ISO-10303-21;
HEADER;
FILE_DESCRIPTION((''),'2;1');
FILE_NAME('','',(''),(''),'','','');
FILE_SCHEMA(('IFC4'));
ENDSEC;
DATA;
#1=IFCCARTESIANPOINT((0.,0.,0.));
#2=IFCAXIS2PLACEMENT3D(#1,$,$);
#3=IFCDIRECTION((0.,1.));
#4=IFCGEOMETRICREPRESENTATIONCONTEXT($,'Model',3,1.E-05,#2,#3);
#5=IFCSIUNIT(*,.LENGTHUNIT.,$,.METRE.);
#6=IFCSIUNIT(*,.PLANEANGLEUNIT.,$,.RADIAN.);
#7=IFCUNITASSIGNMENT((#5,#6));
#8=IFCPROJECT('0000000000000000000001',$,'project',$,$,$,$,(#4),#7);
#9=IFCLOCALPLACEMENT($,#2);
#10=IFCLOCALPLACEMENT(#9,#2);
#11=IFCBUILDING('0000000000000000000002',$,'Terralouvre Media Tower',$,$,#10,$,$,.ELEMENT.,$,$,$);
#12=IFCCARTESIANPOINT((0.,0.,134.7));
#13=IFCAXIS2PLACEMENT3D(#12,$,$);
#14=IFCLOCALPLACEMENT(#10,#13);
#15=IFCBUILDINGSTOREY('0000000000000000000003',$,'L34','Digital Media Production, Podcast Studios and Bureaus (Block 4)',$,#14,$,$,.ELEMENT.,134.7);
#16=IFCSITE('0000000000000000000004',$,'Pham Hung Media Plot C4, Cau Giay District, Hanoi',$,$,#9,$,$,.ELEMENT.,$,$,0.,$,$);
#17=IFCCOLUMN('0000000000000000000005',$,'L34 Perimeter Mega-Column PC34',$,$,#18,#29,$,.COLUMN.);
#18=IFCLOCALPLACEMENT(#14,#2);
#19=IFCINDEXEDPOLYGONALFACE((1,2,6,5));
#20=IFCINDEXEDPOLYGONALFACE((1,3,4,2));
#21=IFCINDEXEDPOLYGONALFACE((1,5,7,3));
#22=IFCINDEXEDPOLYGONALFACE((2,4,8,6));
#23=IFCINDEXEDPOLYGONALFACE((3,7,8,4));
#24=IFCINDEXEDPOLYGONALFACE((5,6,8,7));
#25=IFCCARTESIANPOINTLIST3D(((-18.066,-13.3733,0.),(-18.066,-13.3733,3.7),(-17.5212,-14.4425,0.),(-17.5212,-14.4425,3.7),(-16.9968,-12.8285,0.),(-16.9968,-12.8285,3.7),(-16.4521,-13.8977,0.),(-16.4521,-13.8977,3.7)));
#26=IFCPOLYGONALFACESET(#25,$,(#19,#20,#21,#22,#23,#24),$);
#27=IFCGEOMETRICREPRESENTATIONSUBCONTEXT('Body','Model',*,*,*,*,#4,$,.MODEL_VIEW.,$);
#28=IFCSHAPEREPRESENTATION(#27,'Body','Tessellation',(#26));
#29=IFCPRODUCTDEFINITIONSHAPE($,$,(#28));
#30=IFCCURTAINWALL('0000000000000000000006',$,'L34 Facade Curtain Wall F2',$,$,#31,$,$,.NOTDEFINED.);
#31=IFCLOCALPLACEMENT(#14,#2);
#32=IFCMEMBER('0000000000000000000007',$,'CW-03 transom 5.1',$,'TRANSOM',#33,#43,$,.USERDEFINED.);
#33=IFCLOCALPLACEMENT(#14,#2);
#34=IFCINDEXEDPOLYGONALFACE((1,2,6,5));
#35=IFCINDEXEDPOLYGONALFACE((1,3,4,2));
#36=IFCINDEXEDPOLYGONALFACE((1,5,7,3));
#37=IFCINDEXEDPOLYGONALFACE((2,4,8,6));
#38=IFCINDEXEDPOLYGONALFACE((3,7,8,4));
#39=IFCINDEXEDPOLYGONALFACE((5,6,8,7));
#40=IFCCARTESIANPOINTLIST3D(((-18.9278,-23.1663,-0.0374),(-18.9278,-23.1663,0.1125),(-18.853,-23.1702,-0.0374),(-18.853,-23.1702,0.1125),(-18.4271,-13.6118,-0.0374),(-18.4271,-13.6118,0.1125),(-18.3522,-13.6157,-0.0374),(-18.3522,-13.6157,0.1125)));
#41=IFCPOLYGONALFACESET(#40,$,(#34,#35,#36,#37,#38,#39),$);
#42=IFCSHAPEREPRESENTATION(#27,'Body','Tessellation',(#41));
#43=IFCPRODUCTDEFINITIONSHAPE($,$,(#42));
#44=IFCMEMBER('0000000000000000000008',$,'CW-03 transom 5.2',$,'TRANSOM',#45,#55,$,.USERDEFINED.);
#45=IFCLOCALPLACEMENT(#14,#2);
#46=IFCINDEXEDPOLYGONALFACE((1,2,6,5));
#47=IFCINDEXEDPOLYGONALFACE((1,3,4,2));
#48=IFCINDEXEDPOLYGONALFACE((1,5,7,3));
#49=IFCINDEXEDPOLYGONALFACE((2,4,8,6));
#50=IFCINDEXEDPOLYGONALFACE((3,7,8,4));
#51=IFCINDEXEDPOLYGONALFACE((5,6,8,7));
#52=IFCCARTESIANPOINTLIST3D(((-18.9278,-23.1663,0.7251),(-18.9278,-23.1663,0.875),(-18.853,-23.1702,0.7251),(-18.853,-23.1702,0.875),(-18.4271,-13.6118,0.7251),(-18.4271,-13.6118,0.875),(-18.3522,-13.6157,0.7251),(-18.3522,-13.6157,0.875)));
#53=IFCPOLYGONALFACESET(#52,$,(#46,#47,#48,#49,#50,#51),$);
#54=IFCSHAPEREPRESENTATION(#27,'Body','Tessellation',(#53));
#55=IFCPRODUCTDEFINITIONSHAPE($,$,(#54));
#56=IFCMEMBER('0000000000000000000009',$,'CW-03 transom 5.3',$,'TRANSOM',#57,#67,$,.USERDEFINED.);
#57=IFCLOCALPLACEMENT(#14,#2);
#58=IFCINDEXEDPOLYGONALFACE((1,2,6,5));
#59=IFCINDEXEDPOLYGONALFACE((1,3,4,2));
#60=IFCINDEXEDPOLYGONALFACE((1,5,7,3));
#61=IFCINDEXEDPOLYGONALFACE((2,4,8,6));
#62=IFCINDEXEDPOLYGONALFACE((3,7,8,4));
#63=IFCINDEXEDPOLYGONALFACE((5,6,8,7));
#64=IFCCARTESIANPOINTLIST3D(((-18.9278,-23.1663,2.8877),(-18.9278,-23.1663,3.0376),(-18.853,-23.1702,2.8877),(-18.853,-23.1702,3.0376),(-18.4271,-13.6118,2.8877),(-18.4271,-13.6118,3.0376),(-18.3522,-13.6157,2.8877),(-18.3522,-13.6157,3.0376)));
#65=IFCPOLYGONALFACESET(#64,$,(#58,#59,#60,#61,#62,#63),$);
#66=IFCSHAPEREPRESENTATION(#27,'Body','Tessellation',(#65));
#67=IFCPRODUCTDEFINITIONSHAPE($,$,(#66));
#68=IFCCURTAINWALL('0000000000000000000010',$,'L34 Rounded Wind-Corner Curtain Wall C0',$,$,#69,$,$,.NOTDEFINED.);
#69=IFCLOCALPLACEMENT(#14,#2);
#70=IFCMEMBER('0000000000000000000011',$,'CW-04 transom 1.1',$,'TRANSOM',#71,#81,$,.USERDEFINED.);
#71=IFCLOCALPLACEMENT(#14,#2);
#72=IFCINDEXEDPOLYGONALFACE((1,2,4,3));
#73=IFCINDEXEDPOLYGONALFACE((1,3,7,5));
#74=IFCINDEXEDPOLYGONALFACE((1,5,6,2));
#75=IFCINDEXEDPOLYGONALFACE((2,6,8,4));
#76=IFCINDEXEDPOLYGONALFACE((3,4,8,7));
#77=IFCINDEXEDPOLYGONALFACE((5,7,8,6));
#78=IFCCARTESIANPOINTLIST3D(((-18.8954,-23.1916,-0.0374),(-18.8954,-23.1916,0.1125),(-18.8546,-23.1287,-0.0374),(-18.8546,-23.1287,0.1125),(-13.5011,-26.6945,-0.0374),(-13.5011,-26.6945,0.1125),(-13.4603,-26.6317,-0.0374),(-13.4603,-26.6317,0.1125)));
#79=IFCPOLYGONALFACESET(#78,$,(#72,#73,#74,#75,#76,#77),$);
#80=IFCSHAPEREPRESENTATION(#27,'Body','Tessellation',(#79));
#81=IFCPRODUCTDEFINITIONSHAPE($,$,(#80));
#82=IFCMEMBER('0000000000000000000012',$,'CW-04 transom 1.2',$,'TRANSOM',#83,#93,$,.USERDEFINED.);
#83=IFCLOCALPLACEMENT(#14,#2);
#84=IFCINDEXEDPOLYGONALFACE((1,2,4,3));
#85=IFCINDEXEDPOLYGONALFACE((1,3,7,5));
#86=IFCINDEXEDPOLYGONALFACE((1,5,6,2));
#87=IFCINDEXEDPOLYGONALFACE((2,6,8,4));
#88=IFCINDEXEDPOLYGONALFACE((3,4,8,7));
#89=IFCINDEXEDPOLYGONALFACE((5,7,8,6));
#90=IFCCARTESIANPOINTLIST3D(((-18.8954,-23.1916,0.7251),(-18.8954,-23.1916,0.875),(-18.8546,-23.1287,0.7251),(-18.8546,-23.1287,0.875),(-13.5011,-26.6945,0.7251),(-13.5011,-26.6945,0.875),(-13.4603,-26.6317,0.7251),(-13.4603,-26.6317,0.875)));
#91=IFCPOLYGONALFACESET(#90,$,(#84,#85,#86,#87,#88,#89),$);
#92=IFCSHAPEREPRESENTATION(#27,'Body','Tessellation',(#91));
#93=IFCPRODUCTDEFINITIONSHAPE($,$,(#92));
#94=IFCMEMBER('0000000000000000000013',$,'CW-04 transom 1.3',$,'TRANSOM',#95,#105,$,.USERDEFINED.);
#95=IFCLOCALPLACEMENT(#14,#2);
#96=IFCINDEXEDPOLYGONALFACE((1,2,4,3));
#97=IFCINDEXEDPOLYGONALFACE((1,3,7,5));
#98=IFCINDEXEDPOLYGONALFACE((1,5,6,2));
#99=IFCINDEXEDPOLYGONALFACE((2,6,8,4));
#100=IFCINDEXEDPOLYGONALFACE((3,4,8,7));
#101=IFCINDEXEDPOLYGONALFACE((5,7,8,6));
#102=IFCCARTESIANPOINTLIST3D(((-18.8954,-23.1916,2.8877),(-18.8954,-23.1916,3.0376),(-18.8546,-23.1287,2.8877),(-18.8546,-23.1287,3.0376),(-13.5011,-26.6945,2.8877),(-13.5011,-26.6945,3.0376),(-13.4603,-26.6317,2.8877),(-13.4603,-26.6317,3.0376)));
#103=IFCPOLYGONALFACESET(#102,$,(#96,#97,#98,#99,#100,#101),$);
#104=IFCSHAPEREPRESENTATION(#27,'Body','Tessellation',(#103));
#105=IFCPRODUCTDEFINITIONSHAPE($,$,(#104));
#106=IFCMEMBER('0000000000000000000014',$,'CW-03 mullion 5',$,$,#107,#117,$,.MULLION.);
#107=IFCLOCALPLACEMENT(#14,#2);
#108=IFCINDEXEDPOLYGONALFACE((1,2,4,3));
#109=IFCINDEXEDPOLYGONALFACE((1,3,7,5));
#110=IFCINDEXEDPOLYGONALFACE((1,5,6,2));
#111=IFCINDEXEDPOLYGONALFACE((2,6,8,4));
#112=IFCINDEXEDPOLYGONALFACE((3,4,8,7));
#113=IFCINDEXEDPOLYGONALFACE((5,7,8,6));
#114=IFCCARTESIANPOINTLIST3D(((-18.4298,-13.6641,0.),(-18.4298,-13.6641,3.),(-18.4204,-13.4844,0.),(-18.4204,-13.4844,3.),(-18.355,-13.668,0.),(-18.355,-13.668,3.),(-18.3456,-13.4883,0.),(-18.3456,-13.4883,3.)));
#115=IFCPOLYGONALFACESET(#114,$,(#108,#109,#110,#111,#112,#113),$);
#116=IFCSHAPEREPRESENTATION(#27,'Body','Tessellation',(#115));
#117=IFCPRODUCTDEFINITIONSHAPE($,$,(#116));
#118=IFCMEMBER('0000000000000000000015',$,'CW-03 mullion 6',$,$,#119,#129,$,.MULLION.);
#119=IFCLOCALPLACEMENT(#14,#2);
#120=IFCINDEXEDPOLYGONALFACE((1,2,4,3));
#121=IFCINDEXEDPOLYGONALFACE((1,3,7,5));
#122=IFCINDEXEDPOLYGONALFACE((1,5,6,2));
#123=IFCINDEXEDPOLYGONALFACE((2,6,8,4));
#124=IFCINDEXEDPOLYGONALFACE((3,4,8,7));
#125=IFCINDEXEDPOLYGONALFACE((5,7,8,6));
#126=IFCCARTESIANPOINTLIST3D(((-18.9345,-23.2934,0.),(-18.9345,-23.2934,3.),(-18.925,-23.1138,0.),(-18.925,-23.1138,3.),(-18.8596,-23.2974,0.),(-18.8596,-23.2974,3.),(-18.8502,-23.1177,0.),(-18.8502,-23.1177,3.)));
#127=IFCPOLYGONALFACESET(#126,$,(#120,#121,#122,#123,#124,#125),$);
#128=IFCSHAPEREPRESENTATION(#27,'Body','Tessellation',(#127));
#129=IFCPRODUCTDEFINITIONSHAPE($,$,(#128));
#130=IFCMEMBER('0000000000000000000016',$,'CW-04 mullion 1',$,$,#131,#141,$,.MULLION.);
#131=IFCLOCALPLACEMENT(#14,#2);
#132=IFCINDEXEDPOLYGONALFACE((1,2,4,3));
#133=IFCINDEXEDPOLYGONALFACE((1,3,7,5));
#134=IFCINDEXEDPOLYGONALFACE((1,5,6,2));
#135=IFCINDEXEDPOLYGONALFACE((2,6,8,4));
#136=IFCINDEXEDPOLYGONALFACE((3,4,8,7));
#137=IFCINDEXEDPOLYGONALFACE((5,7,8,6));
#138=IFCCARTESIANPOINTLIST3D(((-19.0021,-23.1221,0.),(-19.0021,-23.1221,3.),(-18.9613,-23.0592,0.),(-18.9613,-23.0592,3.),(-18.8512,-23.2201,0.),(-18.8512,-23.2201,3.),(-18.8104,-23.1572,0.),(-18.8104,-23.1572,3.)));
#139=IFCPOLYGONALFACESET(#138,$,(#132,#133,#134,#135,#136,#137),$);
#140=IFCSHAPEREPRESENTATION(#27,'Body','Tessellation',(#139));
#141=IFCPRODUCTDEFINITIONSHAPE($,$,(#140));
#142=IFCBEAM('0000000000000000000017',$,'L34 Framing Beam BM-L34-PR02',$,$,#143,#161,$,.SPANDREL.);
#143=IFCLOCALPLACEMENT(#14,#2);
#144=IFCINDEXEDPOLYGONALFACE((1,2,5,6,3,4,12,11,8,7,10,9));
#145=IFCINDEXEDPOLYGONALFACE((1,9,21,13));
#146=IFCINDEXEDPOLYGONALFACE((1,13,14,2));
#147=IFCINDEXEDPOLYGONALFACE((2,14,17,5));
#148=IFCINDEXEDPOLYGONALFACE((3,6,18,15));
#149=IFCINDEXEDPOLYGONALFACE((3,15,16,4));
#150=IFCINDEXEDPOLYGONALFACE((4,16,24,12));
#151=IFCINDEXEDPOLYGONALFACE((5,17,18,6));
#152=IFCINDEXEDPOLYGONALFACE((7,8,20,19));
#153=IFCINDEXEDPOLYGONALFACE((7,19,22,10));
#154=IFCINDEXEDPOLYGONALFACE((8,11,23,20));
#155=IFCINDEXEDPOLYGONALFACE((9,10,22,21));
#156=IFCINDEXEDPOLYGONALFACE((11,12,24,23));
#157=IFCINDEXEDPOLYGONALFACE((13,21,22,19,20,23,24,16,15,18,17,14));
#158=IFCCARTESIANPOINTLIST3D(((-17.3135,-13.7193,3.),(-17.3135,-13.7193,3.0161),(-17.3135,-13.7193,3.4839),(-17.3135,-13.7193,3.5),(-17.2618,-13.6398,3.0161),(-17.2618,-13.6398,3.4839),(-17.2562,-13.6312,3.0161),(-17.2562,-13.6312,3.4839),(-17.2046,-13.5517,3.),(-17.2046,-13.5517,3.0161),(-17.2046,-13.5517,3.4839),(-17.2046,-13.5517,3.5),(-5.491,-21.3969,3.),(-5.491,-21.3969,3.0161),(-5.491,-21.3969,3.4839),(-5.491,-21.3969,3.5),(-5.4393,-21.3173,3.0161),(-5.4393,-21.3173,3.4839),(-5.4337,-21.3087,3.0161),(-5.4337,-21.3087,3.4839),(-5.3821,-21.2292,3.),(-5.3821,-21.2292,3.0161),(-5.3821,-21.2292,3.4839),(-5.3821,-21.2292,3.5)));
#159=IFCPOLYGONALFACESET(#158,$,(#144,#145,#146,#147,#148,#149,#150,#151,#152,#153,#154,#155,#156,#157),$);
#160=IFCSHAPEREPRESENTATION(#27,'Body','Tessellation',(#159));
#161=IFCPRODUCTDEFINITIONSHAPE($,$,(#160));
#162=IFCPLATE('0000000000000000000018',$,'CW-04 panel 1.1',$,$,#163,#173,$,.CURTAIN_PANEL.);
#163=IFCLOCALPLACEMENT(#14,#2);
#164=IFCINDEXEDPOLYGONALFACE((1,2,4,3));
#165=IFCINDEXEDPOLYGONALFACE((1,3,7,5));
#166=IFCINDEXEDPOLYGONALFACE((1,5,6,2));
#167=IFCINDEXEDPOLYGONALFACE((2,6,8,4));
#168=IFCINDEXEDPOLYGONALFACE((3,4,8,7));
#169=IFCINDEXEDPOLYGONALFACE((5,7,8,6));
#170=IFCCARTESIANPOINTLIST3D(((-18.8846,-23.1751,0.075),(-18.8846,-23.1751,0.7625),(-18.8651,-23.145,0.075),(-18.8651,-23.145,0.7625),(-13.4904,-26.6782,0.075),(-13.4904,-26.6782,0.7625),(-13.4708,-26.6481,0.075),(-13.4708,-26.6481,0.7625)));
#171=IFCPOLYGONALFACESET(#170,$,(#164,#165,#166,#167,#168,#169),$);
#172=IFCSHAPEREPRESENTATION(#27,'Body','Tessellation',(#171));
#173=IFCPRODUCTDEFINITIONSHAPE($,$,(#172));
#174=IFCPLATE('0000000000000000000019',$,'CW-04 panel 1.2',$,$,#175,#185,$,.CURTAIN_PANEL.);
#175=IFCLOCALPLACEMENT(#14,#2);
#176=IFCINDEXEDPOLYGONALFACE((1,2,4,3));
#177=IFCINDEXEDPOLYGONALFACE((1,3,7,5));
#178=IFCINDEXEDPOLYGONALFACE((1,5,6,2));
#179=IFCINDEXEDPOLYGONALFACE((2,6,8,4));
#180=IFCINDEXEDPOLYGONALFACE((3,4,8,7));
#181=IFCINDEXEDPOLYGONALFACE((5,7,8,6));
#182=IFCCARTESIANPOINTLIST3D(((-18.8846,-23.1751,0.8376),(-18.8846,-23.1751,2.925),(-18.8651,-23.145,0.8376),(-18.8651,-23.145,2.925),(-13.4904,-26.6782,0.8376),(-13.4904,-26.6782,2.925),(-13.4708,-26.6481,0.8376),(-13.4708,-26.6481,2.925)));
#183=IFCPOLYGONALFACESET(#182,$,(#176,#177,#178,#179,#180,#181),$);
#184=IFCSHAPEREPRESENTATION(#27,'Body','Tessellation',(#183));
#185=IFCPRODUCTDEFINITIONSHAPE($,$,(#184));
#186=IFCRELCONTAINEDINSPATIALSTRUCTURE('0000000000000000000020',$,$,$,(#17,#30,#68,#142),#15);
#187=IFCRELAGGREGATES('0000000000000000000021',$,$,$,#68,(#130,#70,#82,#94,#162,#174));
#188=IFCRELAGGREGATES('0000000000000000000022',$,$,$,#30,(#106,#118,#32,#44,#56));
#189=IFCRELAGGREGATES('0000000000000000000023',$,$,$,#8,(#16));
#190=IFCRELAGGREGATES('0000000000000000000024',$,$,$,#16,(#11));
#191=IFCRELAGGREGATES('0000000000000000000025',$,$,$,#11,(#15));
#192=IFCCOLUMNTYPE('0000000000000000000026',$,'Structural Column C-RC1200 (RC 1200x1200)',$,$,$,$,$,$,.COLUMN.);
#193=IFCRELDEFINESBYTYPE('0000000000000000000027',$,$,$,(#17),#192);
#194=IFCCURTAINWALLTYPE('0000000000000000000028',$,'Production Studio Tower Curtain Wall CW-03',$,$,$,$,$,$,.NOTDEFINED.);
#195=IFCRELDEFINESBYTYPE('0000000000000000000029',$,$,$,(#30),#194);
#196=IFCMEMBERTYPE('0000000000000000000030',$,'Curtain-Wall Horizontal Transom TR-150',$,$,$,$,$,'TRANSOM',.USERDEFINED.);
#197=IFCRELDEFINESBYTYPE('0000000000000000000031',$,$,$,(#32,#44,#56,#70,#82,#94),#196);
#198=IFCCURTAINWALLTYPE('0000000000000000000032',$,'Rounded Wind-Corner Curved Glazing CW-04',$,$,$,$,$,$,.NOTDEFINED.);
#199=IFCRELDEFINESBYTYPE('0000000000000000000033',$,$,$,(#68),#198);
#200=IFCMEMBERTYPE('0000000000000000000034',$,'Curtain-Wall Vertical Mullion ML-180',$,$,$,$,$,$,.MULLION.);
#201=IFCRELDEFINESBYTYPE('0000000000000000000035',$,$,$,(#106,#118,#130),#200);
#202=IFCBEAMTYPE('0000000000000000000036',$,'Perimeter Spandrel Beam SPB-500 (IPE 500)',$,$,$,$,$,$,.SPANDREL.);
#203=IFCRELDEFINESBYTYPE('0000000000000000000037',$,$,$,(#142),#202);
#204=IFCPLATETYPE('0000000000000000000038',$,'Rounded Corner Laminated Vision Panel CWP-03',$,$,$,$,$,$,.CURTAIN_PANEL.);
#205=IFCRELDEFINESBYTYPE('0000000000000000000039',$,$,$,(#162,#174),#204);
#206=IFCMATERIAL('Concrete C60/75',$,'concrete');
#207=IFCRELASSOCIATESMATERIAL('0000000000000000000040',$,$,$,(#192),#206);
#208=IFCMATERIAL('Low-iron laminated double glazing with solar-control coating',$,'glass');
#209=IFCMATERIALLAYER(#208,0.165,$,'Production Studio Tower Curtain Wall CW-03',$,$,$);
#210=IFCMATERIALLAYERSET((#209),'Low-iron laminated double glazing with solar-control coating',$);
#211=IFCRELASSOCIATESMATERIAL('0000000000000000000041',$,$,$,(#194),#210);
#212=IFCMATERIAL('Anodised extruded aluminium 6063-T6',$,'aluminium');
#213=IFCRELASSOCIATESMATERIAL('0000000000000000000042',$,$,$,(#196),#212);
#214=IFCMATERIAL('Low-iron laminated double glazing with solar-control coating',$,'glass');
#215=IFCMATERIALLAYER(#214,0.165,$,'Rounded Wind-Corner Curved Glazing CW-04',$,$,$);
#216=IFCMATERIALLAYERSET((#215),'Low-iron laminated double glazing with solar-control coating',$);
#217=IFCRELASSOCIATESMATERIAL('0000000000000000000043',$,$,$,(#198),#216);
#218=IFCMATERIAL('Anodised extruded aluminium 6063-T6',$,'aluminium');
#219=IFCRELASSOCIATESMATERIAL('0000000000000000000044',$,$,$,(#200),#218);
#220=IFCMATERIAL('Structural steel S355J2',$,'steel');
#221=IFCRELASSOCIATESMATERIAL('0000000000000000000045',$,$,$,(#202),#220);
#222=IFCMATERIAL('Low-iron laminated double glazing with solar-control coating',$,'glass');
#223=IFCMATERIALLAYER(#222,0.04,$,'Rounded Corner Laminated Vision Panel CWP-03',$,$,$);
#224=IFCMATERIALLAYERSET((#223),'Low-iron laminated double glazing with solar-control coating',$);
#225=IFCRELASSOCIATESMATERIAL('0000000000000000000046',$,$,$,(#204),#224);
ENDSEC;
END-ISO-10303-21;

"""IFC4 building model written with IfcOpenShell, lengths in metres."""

from ifc_helpers import new_model, si_unit, direction, frame, origin, origin_2d, place, context, subcontext, project, spatial, rectangle, i_section, extrude, material, layer, layer_set, material_profile, profile_set, type_object, element, aggregate, save


model = new_model("IFC4")

# Units and contexts
model_context = context("Model", 3, precision=1e-05, world=origin(), true_north=direction((0.0, 1.0)))
body_context = subcontext(model_context, "Body", "Model", "MODEL_VIEW")
ifc_project = project(units=[si_unit("LENGTHUNIT", "METRE"), si_unit("PLANEANGLEUNIT", "RADIAN")], contexts=[model_context])

# Site, building, storey
site_placement = place(None, origin())
site = spatial("IfcSite", under=ifc_project, at=site_placement, Name="Pham Hung Media Plot C4, Cau Giay District, Hanoi", CompositionType="ELEMENT", RefElevation=0.0)
building_placement = place(site_placement, origin())
building = spatial("IfcBuilding", under=site, at=building_placement, Name="Terralouvre Media Tower", CompositionType="ELEMENT")
storey_placement = place(building_placement, frame((0.0, 0.0, 134.7)))
storey = spatial("IfcBuildingStorey", under=building, at=storey_placement, Name="L34", Description="Digital Media Production, Podcast Studios and Bureaus (Block 4)", CompositionType="ELEMENT", Elevation=134.7)

# Column
ifc_material_1 = material(Name="Concrete C60/75", Category="concrete")
ifc_material_profile_1 = material_profile(ifc_material_1, rectangle(XDim=1.2, YDim=1.2, at=origin_2d()), Name="RC 1200x1200")
ifc_profile_set_1 = profile_set([ifc_material_profile_1], Name="Concrete C60/75")
column_type = type_object("IfcColumnType", Name="Structural Column C-RC1200 (RC 1200x1200)", PredefinedType="COLUMN", material=ifc_profile_set_1)
column_placement = place(storey_placement, frame((-17.259, -13.6355, 0.0), z_axis=(0.0, 0.0, 1.0), x_axis=(0.891007, 0.45399, 0.0)))
element("IfcColumn", 1, at=column_placement, inside=storey, type_object=column_type, Name="L34 Perimeter Mega-Column PC34", PredefinedType="COLUMN", context=body_context, shape_type="SweptSolid", body=[
    extrude(rectangle(XDim=1.2, YDim=1.2, at=origin_2d()), origin(), (0.0, 0.0, 1.0), 3.7),
])

# Curtain walls, members
ifc_material_2 = material(Name="Low-iron laminated double glazing with solar-control coating", Category="glass")
ifc_layer_1 = layer(ifc_material_2, 0.165, Name="Production Studio Tower Curtain Wall CW-03")
ifc_layer_set_1 = layer_set([ifc_layer_1], Name="Low-iron laminated double glazing with solar-control coating")
curtain_wall_type_1 = type_object("IfcCurtainWallType", Name="Production Studio Tower Curtain Wall CW-03", PredefinedType="NOTDEFINED", material=ifc_layer_set_1)
curtain_wall_1_placement = place(storey_placement, origin())
curtain_wall_1 = element("IfcCurtainWall", 2, at=curtain_wall_1_placement, inside=storey, type_object=curtain_wall_type_1, Name="L34 Facade Curtain Wall F2", PredefinedType="NOTDEFINED")
ifc_material_3 = material(Name="Anodised extruded aluminium 6063-T6", Category="aluminium")
ifc_material_profile_2 = material_profile(ifc_material_3, rectangle(XDim=0.075, YDim=0.1499, at=origin_2d()), Name="ALU 75x150")
ifc_profile_set_2 = profile_set([ifc_material_profile_2], Name="Anodised extruded aluminium 6063-T6")
member_type_1 = type_object("IfcMemberType", Name="Curtain-Wall Horizontal Transom TR-150", ElementType="TRANSOM", PredefinedType="USERDEFINED", material=ifc_profile_set_2)
member_1_placement = place(storey_placement, frame((-18.3896, -13.6138, 0.0376), z_axis=(-0.052337, -0.99863, 0.0), x_axis=(0.99863, -0.052337, 0.0)))
member_1 = element("IfcMember", 3, at=member_1_placement, type_object=member_type_1, Name="CW-03 transom 5.1", ObjectType="TRANSOM", PredefinedType="USERDEFINED", context=body_context, shape_type="SweptSolid", body=[
    extrude(rectangle(XDim=0.075, YDim=0.1499, at=origin_2d()), origin(), (0.0, 0.0, 1.0), 9.5676),
])
member_2_placement = place(storey_placement, frame((-18.3896, -13.6138, 0.8), z_axis=(-0.052337, -0.99863, 0.0), x_axis=(0.99863, -0.052337, 0.0)))
member_2 = element("IfcMember", 4, at=member_2_placement, type_object=member_type_1, Name="CW-03 transom 5.2", ObjectType="TRANSOM", PredefinedType="USERDEFINED", context=body_context, shape_type="SweptSolid", body=[
    extrude(rectangle(XDim=0.075, YDim=0.1499, at=origin_2d()), origin(), (0.0, 0.0, 1.0), 9.5676),
])
member_3_placement = place(storey_placement, frame((-18.3896, -13.6138, 2.9626), z_axis=(-0.052337, -0.99863, 0.0), x_axis=(0.99863, -0.052337, 0.0)))
member_3 = element("IfcMember", 5, at=member_3_placement, type_object=member_type_1, Name="CW-03 transom 5.3", ObjectType="TRANSOM", PredefinedType="USERDEFINED", context=body_context, shape_type="SweptSolid", body=[
    extrude(rectangle(XDim=0.075, YDim=0.1499, at=origin_2d()), origin(), (0.0, 0.0, 1.0), 9.5676),
])
ifc_material_4 = material(Name="Low-iron laminated double glazing with solar-control coating", Category="glass")
ifc_layer_2 = layer(ifc_material_4, 0.165, Name="Rounded Wind-Corner Curved Glazing CW-04")
ifc_layer_set_2 = layer_set([ifc_layer_2], Name="Low-iron laminated double glazing with solar-control coating")
curtain_wall_type_2 = type_object("IfcCurtainWallType", Name="Rounded Wind-Corner Curved Glazing CW-04", PredefinedType="NOTDEFINED", material=ifc_layer_set_2)
curtain_wall_2_placement = place(storey_placement, origin())
curtain_wall_2 = element("IfcCurtainWall", 6, at=curtain_wall_2_placement, inside=storey, type_object=curtain_wall_type_2, Name="L34 Rounded Wind-Corner Curtain Wall C0", PredefinedType="NOTDEFINED")
member_4_placement = place(storey_placement, frame((-18.875, -23.1602, 0.0376), z_axis=(0.838682, -0.544621, 0.0), x_axis=(0.544621, 0.838682, 0.0)))
member_4 = element("IfcMember", 7, at=member_4_placement, type_object=member_type_1, Name="CW-04 transom 1.1", ObjectType="TRANSOM", PredefinedType="USERDEFINED", context=body_context, shape_type="SweptSolid", body=[
    extrude(rectangle(XDim=0.075, YDim=0.1499, at=origin_2d()), origin(), (0.0, 0.0, 1.0), 6.4319),
])
member_5_placement = place(storey_placement, frame((-18.875, -23.1602, 0.8), z_axis=(0.838682, -0.544621, 0.0), x_axis=(0.544621, 0.838682, 0.0)))
member_5 = element("IfcMember", 8, at=member_5_placement, type_object=member_type_1, Name="CW-04 transom 1.2", ObjectType="TRANSOM", PredefinedType="USERDEFINED", context=body_context, shape_type="SweptSolid", body=[
    extrude(rectangle(XDim=0.075, YDim=0.1499, at=origin_2d()), origin(), (0.0, 0.0, 1.0), 6.4319),
])
member_6_placement = place(storey_placement, frame((-18.875, -23.1602, 2.9626), z_axis=(0.838682, -0.544621, 0.0), x_axis=(0.544621, 0.838682, 0.0)))
member_6 = element("IfcMember", 9, at=member_6_placement, type_object=member_type_1, Name="CW-04 transom 1.3", ObjectType="TRANSOM", PredefinedType="USERDEFINED", context=body_context, shape_type="SweptSolid", body=[
    extrude(rectangle(XDim=0.075, YDim=0.1499, at=origin_2d()), origin(), (0.0, 0.0, 1.0), 6.4319),
])

# Members
ifc_material_5 = material(Name="Anodised extruded aluminium 6063-T6", Category="aluminium")
ifc_material_profile_3 = material_profile(ifc_material_5, rectangle(XDim=0.075, YDim=0.1799, at=origin_2d()), Name="ALU 75x180")
ifc_profile_set_3 = profile_set([ifc_material_profile_3], Name="Anodised extruded aluminium 6063-T6")
member_type_2 = type_object("IfcMemberType", Name="Curtain-Wall Vertical Mullion ML-180", PredefinedType="MULLION", material=ifc_profile_set_3)
member_7_placement = place(storey_placement, frame((-18.3877, -13.5762, 0.0), z_axis=(0.0, 0.0, 1.0), x_axis=(0.99863, -0.052336, 0.0)))
member_7 = element("IfcMember", 10, at=member_7_placement, type_object=member_type_2, Name="CW-03 mullion 5", PredefinedType="MULLION", context=body_context, shape_type="SweptSolid", body=[
    extrude(rectangle(XDim=0.075, YDim=0.1799, at=origin_2d()), origin(), (0.0, 0.0, 1.0), 3.0),
])
member_8_placement = place(storey_placement, frame((-18.8923, -23.2056, 0.0), z_axis=(0.0, 0.0, 1.0), x_axis=(0.99863, -0.052336, 0.0)))
member_8 = element("IfcMember", 11, at=member_8_placement, type_object=member_type_2, Name="CW-03 mullion 6", PredefinedType="MULLION", context=body_context, shape_type="SweptSolid", body=[
    extrude(rectangle(XDim=0.075, YDim=0.1799, at=origin_2d()), origin(), (0.0, 0.0, 1.0), 3.0),
])
member_9_placement = place(storey_placement, frame((-18.9062, -23.1396, 0.0), z_axis=(0.0, 0.0, 1.0), x_axis=(0.544639, 0.83867, 0.0)))
member_9 = element("IfcMember", 12, at=member_9_placement, type_object=member_type_2, Name="CW-04 mullion 1", PredefinedType="MULLION", context=body_context, shape_type="SweptSolid", body=[
    extrude(rectangle(XDim=0.075, YDim=0.1799, at=origin_2d()), origin(), (0.0, 0.0, 1.0), 3.0),
])

# Beam
ifc_material_6 = material(Name="Structural steel S355J2", Category="steel")
ifc_material_profile_4 = material_profile(ifc_material_6, i_section(OverallWidth=0.2, OverallDepth=0.5, WebThickness=0.0103, FlangeThickness=0.0161, at=origin_2d()), Name="IPE 500")
ifc_profile_set_4 = profile_set([ifc_material_profile_4], Name="Structural steel S355J2")
beam_type = type_object("IfcBeamType", Name="Perimeter Spandrel Beam SPB-500 (IPE 500)", PredefinedType="SPANDREL", material=ifc_profile_set_4)
beam_placement = place(storey_placement, frame((-17.259, -13.6355, 3.25), z_axis=(0.838675, -0.544632, 0.0), x_axis=(0.544632, 0.838675, 0.0)))
element("IfcBeam", 13, at=beam_placement, inside=storey, type_object=beam_type, Name="L34 Framing Beam BM-L34-PR02", PredefinedType="SPANDREL", context=body_context, shape_type="SweptSolid", body=[
    extrude(i_section(OverallWidth=0.2, OverallDepth=0.5, WebThickness=0.0103, FlangeThickness=0.0161, at=origin_2d()), origin(), (0.0, 0.0, 1.0), 14.0967),
])

# Plates
ifc_material_7 = material(Name="Low-iron laminated double glazing with solar-control coating", Category="glass")
ifc_layer_3 = layer(ifc_material_7, 0.04, Name="Rounded Corner Laminated Vision Panel CWP-03")
ifc_layer_set_3 = layer_set([ifc_layer_3], Name="Low-iron laminated double glazing with solar-control coating")
plate_type_1 = type_object("IfcPlateType", Name="Rounded Corner Laminated Vision Panel CWP-03", PredefinedType="CURTAIN_PANEL", material=ifc_layer_set_3)
plate_1_placement = place(storey_placement, frame((-16.1777, -24.9116, 0.075), z_axis=(0.0, 0.0, 1.0), x_axis=(0.83867, -0.544639, 0.0)))
plate_1 = element("IfcPlate", 14, at=plate_1_placement, type_object=plate_type_1, Name="CW-04 panel 1.1", PredefinedType="CURTAIN_PANEL", context=body_context, shape_type="SweptSolid", body=[
    extrude(rectangle(XDim=6.4319, YDim=0.0359, at=origin_2d()), origin(), (0.0, 0.0, 1.0), 0.6875),
])
plate_2_placement = place(storey_placement, frame((-16.1777, -24.9116, 0.8376), z_axis=(0.0, 0.0, 1.0), x_axis=(0.83867, -0.544639, 0.0)))
plate_2 = element("IfcPlate", 15, at=plate_2_placement, type_object=plate_type_1, Name="CW-04 panel 1.2", PredefinedType="CURTAIN_PANEL", context=body_context, shape_type="SweptSolid", body=[
    extrude(rectangle(XDim=6.4319, YDim=0.0359, at=origin_2d()), origin(), (0.0, 0.0, 1.0), 2.0874),
])
aggregate(curtain_wall_2, [member_9, member_4, member_5, member_6, plate_1, plate_2])
aggregate(curtain_wall_1, [member_7, member_8, member_1, member_2, member_3])

save(model, "model.ifc")
